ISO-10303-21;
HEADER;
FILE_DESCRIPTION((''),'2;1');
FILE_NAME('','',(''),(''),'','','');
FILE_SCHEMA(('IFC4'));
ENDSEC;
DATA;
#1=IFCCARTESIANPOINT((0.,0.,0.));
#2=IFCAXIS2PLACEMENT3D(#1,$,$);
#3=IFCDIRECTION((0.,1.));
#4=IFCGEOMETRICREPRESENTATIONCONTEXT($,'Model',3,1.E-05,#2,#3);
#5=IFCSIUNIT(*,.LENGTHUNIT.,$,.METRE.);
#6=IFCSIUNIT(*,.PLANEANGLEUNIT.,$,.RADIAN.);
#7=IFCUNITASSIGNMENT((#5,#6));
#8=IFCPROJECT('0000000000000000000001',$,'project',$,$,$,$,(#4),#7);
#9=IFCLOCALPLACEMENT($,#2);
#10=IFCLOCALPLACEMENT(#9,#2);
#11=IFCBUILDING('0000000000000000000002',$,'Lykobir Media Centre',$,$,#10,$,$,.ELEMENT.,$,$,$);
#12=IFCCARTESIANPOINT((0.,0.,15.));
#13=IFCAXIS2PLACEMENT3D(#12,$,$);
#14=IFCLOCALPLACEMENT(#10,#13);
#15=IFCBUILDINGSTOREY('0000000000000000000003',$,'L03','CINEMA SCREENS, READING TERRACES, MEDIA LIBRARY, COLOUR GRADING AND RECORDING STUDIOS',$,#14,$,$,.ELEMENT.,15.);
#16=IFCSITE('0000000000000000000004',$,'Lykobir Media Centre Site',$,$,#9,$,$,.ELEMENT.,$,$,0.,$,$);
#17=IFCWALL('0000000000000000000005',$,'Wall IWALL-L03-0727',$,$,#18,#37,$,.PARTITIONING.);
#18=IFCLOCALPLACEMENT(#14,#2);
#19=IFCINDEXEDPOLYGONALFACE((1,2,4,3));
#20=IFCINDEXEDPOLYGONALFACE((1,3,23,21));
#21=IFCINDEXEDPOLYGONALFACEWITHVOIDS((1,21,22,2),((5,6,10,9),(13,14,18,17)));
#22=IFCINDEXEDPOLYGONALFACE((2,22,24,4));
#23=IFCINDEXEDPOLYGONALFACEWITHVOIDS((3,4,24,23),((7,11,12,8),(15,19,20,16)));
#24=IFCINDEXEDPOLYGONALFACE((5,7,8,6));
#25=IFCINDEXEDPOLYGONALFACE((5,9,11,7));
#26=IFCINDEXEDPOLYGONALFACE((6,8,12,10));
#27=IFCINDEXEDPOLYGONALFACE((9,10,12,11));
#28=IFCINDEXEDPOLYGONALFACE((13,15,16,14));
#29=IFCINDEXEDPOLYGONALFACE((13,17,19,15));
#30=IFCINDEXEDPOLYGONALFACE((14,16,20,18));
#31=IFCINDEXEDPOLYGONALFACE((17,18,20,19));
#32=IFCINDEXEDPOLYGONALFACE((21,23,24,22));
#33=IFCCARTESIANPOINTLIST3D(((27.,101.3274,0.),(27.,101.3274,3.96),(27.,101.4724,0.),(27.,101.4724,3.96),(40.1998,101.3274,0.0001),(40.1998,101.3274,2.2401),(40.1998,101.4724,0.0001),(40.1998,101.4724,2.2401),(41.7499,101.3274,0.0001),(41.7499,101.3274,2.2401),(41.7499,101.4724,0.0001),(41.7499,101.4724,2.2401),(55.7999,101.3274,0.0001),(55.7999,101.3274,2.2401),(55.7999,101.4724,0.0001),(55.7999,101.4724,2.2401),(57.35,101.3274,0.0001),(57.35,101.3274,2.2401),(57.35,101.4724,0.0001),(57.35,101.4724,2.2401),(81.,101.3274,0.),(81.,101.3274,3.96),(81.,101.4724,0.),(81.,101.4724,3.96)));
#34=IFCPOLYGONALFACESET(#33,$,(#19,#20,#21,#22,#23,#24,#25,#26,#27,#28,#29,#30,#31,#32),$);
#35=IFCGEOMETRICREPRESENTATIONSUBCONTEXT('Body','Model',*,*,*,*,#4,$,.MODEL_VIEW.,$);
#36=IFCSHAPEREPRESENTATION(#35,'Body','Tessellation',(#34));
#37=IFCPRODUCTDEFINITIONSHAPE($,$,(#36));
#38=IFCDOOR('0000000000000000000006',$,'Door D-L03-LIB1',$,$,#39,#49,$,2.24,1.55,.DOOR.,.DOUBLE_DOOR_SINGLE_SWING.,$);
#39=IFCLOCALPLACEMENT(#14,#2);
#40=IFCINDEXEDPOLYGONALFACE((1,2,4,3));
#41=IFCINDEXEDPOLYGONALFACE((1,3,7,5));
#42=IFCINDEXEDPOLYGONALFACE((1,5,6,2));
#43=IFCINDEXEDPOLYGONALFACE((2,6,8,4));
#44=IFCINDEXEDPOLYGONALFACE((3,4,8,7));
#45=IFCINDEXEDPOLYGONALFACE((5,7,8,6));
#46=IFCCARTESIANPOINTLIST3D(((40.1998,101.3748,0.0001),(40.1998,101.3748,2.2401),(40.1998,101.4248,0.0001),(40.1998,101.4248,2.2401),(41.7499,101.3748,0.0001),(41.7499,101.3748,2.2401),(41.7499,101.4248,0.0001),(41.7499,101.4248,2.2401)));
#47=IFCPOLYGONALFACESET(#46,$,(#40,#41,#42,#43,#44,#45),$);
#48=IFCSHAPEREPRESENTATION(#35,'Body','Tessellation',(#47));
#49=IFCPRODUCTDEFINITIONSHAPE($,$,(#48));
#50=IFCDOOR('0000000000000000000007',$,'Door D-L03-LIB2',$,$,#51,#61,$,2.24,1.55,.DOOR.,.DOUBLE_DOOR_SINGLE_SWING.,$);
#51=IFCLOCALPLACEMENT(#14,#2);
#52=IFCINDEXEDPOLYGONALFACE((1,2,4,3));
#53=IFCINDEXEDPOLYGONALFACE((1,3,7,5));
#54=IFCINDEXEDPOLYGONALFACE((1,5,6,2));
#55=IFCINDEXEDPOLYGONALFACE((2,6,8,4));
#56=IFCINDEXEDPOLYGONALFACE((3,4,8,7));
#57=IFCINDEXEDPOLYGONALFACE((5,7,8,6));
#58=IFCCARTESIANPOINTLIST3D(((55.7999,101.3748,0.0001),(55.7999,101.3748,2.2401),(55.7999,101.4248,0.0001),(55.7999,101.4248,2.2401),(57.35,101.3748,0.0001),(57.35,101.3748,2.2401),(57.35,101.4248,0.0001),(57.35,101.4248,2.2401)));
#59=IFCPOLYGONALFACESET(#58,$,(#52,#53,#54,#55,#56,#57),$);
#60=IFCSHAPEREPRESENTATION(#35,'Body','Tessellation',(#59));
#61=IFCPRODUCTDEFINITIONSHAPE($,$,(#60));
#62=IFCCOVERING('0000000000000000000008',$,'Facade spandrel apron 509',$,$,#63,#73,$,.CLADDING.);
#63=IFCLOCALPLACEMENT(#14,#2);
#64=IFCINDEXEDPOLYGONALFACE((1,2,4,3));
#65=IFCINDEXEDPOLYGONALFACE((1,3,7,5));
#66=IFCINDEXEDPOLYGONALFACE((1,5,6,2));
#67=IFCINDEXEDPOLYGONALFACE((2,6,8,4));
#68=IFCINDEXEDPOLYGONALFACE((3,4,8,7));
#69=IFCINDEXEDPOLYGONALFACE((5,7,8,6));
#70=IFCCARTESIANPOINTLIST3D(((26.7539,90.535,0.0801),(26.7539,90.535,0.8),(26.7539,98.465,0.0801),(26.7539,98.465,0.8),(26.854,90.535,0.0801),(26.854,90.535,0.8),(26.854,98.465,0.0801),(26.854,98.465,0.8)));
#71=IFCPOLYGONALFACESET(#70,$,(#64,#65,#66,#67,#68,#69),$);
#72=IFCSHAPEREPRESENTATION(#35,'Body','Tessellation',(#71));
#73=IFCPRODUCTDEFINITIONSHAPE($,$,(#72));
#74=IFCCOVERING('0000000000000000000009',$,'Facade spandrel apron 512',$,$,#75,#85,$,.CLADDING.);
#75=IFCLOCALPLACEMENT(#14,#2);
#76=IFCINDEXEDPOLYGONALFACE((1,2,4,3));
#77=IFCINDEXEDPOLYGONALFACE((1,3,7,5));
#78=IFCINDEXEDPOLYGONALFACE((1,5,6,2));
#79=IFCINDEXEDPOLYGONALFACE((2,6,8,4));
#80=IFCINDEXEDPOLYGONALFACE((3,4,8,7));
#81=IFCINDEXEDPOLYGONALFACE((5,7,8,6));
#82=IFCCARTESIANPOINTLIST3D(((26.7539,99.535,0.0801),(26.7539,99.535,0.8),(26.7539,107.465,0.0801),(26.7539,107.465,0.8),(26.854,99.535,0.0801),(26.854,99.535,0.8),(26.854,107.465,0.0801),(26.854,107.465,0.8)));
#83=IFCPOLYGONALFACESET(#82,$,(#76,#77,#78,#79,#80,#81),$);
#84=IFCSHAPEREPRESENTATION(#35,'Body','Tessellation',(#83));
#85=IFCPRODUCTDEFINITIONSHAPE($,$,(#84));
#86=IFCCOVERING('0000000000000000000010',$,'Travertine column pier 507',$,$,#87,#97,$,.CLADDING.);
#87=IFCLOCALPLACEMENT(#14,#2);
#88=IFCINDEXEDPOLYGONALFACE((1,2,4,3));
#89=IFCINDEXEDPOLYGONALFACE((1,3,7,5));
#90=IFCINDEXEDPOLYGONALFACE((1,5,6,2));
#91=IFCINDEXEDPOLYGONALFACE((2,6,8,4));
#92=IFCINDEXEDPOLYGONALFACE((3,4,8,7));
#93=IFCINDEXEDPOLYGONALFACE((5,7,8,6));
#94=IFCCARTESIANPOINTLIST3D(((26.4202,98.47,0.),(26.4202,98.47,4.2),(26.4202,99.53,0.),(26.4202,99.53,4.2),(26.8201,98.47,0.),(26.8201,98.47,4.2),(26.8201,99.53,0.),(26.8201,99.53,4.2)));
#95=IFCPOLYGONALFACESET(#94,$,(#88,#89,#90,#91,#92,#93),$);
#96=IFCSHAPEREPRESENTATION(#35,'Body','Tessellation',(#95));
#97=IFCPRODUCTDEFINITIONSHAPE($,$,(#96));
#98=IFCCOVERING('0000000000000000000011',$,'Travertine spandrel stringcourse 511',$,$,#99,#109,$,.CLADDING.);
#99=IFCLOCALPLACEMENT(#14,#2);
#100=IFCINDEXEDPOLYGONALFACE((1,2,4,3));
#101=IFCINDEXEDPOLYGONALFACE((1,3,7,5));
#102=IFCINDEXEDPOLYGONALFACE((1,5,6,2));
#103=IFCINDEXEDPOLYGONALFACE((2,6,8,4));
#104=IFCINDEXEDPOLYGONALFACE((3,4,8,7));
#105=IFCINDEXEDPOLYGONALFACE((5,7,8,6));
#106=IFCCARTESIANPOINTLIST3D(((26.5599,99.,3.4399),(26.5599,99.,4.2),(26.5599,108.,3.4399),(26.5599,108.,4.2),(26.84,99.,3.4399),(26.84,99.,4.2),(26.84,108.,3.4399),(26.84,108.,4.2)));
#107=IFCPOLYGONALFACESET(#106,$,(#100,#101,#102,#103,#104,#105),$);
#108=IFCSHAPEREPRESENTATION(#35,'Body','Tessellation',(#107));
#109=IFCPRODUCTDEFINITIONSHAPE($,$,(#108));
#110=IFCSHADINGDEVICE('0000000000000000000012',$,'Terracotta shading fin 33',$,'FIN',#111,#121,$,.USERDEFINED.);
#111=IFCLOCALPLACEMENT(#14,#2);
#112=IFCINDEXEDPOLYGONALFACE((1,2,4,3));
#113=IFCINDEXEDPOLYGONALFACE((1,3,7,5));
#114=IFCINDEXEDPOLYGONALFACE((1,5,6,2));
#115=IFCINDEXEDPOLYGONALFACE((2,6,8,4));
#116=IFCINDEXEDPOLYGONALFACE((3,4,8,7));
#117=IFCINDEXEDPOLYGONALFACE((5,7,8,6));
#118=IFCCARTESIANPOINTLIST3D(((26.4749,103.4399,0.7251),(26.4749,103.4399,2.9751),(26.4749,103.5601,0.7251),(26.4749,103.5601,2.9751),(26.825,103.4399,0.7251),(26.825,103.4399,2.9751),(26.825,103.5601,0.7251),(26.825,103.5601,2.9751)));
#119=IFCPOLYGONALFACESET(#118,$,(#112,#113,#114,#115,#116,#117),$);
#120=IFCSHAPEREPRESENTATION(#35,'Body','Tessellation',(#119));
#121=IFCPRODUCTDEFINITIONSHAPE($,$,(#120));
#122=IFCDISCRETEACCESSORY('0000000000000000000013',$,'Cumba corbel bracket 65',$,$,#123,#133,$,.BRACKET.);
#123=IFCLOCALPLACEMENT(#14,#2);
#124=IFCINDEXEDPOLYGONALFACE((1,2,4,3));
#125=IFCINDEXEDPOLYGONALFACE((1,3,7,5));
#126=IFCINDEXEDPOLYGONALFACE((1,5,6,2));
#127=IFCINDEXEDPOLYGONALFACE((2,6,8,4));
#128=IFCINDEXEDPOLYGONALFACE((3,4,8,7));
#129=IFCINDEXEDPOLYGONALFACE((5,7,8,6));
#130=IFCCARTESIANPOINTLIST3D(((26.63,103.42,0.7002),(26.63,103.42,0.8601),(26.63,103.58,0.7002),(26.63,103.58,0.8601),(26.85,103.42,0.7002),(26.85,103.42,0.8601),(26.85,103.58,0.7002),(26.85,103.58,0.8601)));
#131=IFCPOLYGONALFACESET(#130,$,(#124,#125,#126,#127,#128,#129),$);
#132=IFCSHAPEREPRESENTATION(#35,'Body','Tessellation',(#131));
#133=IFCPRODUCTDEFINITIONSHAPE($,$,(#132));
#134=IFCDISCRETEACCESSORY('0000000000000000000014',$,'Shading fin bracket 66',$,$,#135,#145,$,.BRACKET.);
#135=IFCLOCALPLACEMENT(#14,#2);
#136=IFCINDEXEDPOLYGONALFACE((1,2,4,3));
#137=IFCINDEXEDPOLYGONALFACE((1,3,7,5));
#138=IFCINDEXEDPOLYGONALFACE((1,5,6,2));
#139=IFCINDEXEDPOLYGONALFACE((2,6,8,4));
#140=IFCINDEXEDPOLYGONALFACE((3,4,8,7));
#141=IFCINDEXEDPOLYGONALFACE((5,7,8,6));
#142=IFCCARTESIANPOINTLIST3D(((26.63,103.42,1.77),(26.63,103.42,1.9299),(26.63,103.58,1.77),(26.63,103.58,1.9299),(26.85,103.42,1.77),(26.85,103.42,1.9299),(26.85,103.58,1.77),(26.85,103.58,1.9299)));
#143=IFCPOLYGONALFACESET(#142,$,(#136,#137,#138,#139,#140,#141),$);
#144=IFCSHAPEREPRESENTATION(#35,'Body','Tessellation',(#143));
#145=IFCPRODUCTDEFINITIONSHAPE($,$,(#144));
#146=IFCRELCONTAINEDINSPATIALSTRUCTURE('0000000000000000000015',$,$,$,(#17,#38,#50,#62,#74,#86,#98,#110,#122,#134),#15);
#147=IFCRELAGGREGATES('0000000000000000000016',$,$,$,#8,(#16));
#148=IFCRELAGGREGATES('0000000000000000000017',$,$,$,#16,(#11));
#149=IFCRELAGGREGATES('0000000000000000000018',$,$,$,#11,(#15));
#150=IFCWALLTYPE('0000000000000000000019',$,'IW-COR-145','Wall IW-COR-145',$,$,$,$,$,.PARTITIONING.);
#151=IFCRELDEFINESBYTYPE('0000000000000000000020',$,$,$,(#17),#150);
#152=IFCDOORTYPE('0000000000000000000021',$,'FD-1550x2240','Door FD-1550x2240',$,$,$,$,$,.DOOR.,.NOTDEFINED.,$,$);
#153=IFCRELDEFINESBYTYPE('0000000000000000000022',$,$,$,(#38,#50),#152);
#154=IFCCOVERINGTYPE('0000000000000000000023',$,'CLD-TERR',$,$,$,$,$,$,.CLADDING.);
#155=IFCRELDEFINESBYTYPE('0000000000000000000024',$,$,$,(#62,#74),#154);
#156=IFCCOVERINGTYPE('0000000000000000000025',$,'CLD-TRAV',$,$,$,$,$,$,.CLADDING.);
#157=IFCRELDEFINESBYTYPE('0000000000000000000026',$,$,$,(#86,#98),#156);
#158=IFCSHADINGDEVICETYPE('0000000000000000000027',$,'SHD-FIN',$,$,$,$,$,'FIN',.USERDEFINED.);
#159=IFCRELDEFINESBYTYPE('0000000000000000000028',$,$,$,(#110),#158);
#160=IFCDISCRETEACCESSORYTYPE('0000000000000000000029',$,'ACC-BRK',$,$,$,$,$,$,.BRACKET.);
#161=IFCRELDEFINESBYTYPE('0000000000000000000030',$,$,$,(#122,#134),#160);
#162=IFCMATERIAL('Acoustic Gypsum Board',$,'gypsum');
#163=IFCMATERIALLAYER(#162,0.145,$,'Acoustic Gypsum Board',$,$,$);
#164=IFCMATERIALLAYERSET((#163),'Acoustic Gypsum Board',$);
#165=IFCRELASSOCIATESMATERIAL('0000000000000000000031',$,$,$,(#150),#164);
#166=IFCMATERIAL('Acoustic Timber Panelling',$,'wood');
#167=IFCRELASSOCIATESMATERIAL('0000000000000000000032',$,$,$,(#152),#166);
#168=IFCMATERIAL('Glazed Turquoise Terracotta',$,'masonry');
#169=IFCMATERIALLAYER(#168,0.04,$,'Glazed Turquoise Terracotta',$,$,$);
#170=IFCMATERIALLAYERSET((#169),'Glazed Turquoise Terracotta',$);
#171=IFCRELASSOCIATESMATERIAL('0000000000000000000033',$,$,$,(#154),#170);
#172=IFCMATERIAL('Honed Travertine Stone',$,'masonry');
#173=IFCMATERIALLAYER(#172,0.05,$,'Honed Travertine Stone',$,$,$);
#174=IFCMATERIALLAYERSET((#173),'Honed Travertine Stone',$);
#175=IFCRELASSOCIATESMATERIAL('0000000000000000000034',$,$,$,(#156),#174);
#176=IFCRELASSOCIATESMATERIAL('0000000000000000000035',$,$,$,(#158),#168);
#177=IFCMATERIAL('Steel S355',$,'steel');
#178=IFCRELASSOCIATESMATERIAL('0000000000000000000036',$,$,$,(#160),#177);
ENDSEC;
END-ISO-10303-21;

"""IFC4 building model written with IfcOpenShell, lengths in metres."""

from ifc_helpers import new_model, si_unit, direction, frame, frame_2d, origin, origin_2d, place, context, subcontext, project, spatial, rectangle, extrude, material, layer, layer_set, type_object, element, fill, save


model = new_model("IFC4")

# Units and contexts
model_context = context("Model", 3, precision=1e-05, world=origin(), true_north=direction((0.0, 1.0)))
body_context = subcontext(model_context, "Body", "Model", "MODEL_VIEW")
ifc_project = project(units=[si_unit("LENGTHUNIT", "METRE"), si_unit("PLANEANGLEUNIT", "RADIAN")], contexts=[model_context])

# Site, building, storey
site_placement = place(None, origin())
site = spatial("IfcSite", under=ifc_project, at=site_placement, Name="Lykobir Media Centre Site", CompositionType="ELEMENT", RefElevation=0.0)
building_placement = place(site_placement, origin())
building = spatial("IfcBuilding", under=site, at=building_placement, Name="Lykobir Media Centre", CompositionType="ELEMENT")
storey_placement = place(building_placement, frame((0.0, 0.0, 15.0)))
storey = spatial("IfcBuildingStorey", under=building, at=storey_placement, Name="L03", Description="CINEMA SCREENS, READING TERRACES, MEDIA LIBRARY, COLOUR GRADING AND RECORDING STUDIOS", CompositionType="ELEMENT", Elevation=15.0)

# Shared definitions
ifc_material_1 = material(Name="Steel S355", Category="steel")

# Wall, openings, doors
ifc_material_2 = material(Name="Acoustic Gypsum Board", Category="gypsum")
ifc_layer_1 = layer(ifc_material_2, 0.145, Name="Acoustic Gypsum Board")
ifc_layer_set_1 = layer_set([ifc_layer_1], Name="Acoustic Gypsum Board")
wall_type_1 = type_object("IfcWallType", Name="IW-COR-145", Description="Wall IW-COR-145", PredefinedType="PARTITIONING", material=ifc_layer_set_1)
wall_1_placement = place(storey_placement, frame((27.0, 101.3999, 0.0), z_axis=(0.0, 0.0, 1.0), x_axis=(1.0, 0.0, 0.0)))
wall_1 = element("IfcWall", 1, at=wall_1_placement, inside=storey, type_object=wall_type_1, Name="Wall IWALL-L03-0727", PredefinedType="PARTITIONING", context=body_context, shape_type="SweptSolid", body=[
    extrude(rectangle(XDim=54.0, YDim=0.145, at=frame_2d((27.0, 0.0))), origin(), (0.0, 0.0, 1.0), 3.96),
])
opening_1_placement = place(wall_1_placement, frame((13.2, 0.0, 0.0)))
opening_1 = element("IfcOpeningElement", 2, at=opening_1_placement, cuts=wall_1, PredefinedType="OPENING", context=body_context, shape_type="SweptSolid", body=[
    extrude(rectangle(XDim=1.55, YDim=2.24, at=frame_2d((0.7749, 1.1201))), frame((0.0, 0.0825, 0.0), z_axis=(0.0, -1.0, 0.0), x_axis=(1.0, 0.0, 0.0)), (0.0, 0.0, 1.0), 0.165),
])
opening_2_placement = place(wall_1_placement, frame((28.8, 0.0, 0.0)))
opening_2 = element("IfcOpeningElement", 3, at=opening_2_placement, cuts=wall_1, PredefinedType="OPENING", context=body_context, shape_type="SweptSolid", body=[
    extrude(rectangle(XDim=1.55, YDim=2.24, at=frame_2d((0.7749, 1.1201))), frame((0.0, 0.0825, 0.0), z_axis=(0.0, -1.0, 0.0), x_axis=(1.0, 0.0, 0.0)), (0.0, 0.0, 1.0), 0.165),
])
ifc_material_3 = material(Name="Acoustic Timber Panelling", Category="wood")
door_type = type_object("IfcDoorType", Name="FD-1550x2240", Description="Door FD-1550x2240", OperationType="NOTDEFINED", PredefinedType="DOOR", material=ifc_material_3)
door_1_placement = place(opening_1_placement, origin())
door_1 = element("IfcDoor", 4, at=door_1_placement, inside=storey, type_object=door_type, Name="Door D-L03-LIB1", OperationType="DOUBLE_DOOR_SINGLE_SWING", OverallHeight=2.24, OverallWidth=1.55, PredefinedType="DOOR", context=body_context, shape_type="SweptSolid", body=[
    extrude(rectangle(XDim=1.55, YDim=2.24, at=frame_2d((0.7749, 1.1201))), frame((0.0, 0.0249, 0.0), z_axis=(0.0, -1.0, 0.0), x_axis=(1.0, 0.0, 0.0)), (0.0, 0.0, 1.0), 0.05),
])
fill(opening_1, door_1)
door_2_placement = place(opening_2_placement, origin())
door_2 = element("IfcDoor", 5, at=door_2_placement, inside=storey, type_object=door_type, Name="Door D-L03-LIB2", OperationType="DOUBLE_DOOR_SINGLE_SWING", OverallHeight=2.24, OverallWidth=1.55, PredefinedType="DOOR", context=body_context, shape_type="SweptSolid", body=[
    extrude(rectangle(XDim=1.55, YDim=2.24, at=frame_2d((0.7749, 1.1201))), frame((0.0, 0.0249, 0.0), z_axis=(0.0, -1.0, 0.0), x_axis=(1.0, 0.0, 0.0)), (0.0, 0.0, 1.0), 0.05),
])
fill(opening_2, door_2)

# Coverings
ifc_material_4 = material(Name="Glazed Turquoise Terracotta", Category="masonry")
ifc_layer_2 = layer(ifc_material_4, 0.04, Name="Glazed Turquoise Terracotta")
ifc_layer_set_2 = layer_set([ifc_layer_2], Name="Glazed Turquoise Terracotta")
covering_type_1 = type_object("IfcCoveringType", Name="CLD-TERR", PredefinedType="CLADDING", material=ifc_layer_set_2)
for number, where, z_axis, x_axis, name in (
    (6, (26.804, 94.5, 0.0801), (0.0, 0.0, 1.0), (0.0, -1.0, 0.0), "Facade spandrel apron 509"),
    (7, (26.804, 103.5, 0.0801), (0.0, 0.0, 1.0), (0.0, -1.0, 0.0), "Facade spandrel apron 512"),
):
    element("IfcCovering", number, at=place(storey_placement, frame(where, z_axis=z_axis, x_axis=x_axis)), inside=storey, type_object=covering_type_1, Name=name, PredefinedType="CLADDING", context=body_context, shape_type="SweptSolid", body=[
        extrude(rectangle(XDim=7.9299, YDim=0.1001, at=origin_2d()), origin(), (0.0, 0.0, 1.0), 0.72),
    ])
ifc_material_5 = material(Name="Honed Travertine Stone", Category="masonry")
ifc_layer_3 = layer(ifc_material_5, 0.05, Name="Honed Travertine Stone")
ifc_layer_set_3 = layer_set([ifc_layer_3], Name="Honed Travertine Stone")
covering_type_2 = type_object("IfcCoveringType", Name="CLD-TRAV", PredefinedType="CLADDING", material=ifc_layer_set_3)
covering_1_placement = place(storey_placement, frame((26.6201, 99.0, 0.0), z_axis=(0.0, 0.0, 1.0), x_axis=(0.0, -1.0, 0.0)))
element("IfcCovering", 8, at=covering_1_placement, inside=storey, type_object=covering_type_2, Name="Travertine column pier 507", PredefinedType="CLADDING", context=body_context, shape_type="SweptSolid", body=[
    extrude(rectangle(XDim=1.0601, YDim=0.3999, at=origin_2d()), origin(), (0.0, 0.0, 1.0), 4.2),
])
covering_2_placement = place(storey_placement, frame((26.7, 103.5, 3.4399), z_axis=(0.0, 0.0, 1.0), x_axis=(0.0, -1.0, 0.0)))
element("IfcCovering", 9, at=covering_2_placement, inside=storey, type_object=covering_type_2, Name="Travertine spandrel stringcourse 511", PredefinedType="CLADDING", context=body_context, shape_type="SweptSolid", body=[
    extrude(rectangle(XDim=9.0, YDim=0.28, at=origin_2d()), origin(), (0.0, 0.0, 1.0), 0.76),
])

# Shading device
shading_device_type = type_object("IfcShadingDeviceType", Name="SHD-FIN", ElementType="FIN", PredefinedType="USERDEFINED", material=ifc_material_4)
shading_device_placement = place(storey_placement, frame((26.6499, 103.5, 0.7251), z_axis=(0.0, 0.0, 1.0), x_axis=(0.0, -1.0, 0.0)))
element("IfcShadingDevice", 10, at=shading_device_placement, inside=storey, type_object=shading_device_type, Name="Terracotta shading fin 33", ObjectType="FIN", PredefinedType="USERDEFINED", context=body_context, shape_type="SweptSolid", body=[
    extrude(rectangle(XDim=0.1201, YDim=0.3501, at=origin_2d()), origin(), (0.0, 0.0, 1.0), 2.25),
])

# Discrete accessories
discrete_accessory_type = type_object("IfcDiscreteAccessoryType", Name="ACC-BRK", PredefinedType="BRACKET", material=ifc_material_1)
for number, where, z_axis, x_axis, name in (
    (11, (26.74, 103.5, 0.7002), (0.0, 0.0, 1.0), (0.0, -1.0, 0.0), "Cumba corbel bracket 65"),
    (12, (26.74, 103.5, 1.77), (0.0, 0.0, 1.0), (0.0, -1.0, 0.0), "Shading fin bracket 66"),
):
    element("IfcDiscreteAccessory", number, at=place(storey_placement, frame(where, z_axis=z_axis, x_axis=x_axis)), inside=storey, type_object=discrete_accessory_type, Name=name, PredefinedType="BRACKET", context=body_context, shape_type="SweptSolid", body=[
        extrude(rectangle(XDim=0.1599, YDim=0.22, at=origin_2d()), origin(), (0.0, 0.0, 1.0), 0.1599),
    ])

save(model, "model.ifc")
